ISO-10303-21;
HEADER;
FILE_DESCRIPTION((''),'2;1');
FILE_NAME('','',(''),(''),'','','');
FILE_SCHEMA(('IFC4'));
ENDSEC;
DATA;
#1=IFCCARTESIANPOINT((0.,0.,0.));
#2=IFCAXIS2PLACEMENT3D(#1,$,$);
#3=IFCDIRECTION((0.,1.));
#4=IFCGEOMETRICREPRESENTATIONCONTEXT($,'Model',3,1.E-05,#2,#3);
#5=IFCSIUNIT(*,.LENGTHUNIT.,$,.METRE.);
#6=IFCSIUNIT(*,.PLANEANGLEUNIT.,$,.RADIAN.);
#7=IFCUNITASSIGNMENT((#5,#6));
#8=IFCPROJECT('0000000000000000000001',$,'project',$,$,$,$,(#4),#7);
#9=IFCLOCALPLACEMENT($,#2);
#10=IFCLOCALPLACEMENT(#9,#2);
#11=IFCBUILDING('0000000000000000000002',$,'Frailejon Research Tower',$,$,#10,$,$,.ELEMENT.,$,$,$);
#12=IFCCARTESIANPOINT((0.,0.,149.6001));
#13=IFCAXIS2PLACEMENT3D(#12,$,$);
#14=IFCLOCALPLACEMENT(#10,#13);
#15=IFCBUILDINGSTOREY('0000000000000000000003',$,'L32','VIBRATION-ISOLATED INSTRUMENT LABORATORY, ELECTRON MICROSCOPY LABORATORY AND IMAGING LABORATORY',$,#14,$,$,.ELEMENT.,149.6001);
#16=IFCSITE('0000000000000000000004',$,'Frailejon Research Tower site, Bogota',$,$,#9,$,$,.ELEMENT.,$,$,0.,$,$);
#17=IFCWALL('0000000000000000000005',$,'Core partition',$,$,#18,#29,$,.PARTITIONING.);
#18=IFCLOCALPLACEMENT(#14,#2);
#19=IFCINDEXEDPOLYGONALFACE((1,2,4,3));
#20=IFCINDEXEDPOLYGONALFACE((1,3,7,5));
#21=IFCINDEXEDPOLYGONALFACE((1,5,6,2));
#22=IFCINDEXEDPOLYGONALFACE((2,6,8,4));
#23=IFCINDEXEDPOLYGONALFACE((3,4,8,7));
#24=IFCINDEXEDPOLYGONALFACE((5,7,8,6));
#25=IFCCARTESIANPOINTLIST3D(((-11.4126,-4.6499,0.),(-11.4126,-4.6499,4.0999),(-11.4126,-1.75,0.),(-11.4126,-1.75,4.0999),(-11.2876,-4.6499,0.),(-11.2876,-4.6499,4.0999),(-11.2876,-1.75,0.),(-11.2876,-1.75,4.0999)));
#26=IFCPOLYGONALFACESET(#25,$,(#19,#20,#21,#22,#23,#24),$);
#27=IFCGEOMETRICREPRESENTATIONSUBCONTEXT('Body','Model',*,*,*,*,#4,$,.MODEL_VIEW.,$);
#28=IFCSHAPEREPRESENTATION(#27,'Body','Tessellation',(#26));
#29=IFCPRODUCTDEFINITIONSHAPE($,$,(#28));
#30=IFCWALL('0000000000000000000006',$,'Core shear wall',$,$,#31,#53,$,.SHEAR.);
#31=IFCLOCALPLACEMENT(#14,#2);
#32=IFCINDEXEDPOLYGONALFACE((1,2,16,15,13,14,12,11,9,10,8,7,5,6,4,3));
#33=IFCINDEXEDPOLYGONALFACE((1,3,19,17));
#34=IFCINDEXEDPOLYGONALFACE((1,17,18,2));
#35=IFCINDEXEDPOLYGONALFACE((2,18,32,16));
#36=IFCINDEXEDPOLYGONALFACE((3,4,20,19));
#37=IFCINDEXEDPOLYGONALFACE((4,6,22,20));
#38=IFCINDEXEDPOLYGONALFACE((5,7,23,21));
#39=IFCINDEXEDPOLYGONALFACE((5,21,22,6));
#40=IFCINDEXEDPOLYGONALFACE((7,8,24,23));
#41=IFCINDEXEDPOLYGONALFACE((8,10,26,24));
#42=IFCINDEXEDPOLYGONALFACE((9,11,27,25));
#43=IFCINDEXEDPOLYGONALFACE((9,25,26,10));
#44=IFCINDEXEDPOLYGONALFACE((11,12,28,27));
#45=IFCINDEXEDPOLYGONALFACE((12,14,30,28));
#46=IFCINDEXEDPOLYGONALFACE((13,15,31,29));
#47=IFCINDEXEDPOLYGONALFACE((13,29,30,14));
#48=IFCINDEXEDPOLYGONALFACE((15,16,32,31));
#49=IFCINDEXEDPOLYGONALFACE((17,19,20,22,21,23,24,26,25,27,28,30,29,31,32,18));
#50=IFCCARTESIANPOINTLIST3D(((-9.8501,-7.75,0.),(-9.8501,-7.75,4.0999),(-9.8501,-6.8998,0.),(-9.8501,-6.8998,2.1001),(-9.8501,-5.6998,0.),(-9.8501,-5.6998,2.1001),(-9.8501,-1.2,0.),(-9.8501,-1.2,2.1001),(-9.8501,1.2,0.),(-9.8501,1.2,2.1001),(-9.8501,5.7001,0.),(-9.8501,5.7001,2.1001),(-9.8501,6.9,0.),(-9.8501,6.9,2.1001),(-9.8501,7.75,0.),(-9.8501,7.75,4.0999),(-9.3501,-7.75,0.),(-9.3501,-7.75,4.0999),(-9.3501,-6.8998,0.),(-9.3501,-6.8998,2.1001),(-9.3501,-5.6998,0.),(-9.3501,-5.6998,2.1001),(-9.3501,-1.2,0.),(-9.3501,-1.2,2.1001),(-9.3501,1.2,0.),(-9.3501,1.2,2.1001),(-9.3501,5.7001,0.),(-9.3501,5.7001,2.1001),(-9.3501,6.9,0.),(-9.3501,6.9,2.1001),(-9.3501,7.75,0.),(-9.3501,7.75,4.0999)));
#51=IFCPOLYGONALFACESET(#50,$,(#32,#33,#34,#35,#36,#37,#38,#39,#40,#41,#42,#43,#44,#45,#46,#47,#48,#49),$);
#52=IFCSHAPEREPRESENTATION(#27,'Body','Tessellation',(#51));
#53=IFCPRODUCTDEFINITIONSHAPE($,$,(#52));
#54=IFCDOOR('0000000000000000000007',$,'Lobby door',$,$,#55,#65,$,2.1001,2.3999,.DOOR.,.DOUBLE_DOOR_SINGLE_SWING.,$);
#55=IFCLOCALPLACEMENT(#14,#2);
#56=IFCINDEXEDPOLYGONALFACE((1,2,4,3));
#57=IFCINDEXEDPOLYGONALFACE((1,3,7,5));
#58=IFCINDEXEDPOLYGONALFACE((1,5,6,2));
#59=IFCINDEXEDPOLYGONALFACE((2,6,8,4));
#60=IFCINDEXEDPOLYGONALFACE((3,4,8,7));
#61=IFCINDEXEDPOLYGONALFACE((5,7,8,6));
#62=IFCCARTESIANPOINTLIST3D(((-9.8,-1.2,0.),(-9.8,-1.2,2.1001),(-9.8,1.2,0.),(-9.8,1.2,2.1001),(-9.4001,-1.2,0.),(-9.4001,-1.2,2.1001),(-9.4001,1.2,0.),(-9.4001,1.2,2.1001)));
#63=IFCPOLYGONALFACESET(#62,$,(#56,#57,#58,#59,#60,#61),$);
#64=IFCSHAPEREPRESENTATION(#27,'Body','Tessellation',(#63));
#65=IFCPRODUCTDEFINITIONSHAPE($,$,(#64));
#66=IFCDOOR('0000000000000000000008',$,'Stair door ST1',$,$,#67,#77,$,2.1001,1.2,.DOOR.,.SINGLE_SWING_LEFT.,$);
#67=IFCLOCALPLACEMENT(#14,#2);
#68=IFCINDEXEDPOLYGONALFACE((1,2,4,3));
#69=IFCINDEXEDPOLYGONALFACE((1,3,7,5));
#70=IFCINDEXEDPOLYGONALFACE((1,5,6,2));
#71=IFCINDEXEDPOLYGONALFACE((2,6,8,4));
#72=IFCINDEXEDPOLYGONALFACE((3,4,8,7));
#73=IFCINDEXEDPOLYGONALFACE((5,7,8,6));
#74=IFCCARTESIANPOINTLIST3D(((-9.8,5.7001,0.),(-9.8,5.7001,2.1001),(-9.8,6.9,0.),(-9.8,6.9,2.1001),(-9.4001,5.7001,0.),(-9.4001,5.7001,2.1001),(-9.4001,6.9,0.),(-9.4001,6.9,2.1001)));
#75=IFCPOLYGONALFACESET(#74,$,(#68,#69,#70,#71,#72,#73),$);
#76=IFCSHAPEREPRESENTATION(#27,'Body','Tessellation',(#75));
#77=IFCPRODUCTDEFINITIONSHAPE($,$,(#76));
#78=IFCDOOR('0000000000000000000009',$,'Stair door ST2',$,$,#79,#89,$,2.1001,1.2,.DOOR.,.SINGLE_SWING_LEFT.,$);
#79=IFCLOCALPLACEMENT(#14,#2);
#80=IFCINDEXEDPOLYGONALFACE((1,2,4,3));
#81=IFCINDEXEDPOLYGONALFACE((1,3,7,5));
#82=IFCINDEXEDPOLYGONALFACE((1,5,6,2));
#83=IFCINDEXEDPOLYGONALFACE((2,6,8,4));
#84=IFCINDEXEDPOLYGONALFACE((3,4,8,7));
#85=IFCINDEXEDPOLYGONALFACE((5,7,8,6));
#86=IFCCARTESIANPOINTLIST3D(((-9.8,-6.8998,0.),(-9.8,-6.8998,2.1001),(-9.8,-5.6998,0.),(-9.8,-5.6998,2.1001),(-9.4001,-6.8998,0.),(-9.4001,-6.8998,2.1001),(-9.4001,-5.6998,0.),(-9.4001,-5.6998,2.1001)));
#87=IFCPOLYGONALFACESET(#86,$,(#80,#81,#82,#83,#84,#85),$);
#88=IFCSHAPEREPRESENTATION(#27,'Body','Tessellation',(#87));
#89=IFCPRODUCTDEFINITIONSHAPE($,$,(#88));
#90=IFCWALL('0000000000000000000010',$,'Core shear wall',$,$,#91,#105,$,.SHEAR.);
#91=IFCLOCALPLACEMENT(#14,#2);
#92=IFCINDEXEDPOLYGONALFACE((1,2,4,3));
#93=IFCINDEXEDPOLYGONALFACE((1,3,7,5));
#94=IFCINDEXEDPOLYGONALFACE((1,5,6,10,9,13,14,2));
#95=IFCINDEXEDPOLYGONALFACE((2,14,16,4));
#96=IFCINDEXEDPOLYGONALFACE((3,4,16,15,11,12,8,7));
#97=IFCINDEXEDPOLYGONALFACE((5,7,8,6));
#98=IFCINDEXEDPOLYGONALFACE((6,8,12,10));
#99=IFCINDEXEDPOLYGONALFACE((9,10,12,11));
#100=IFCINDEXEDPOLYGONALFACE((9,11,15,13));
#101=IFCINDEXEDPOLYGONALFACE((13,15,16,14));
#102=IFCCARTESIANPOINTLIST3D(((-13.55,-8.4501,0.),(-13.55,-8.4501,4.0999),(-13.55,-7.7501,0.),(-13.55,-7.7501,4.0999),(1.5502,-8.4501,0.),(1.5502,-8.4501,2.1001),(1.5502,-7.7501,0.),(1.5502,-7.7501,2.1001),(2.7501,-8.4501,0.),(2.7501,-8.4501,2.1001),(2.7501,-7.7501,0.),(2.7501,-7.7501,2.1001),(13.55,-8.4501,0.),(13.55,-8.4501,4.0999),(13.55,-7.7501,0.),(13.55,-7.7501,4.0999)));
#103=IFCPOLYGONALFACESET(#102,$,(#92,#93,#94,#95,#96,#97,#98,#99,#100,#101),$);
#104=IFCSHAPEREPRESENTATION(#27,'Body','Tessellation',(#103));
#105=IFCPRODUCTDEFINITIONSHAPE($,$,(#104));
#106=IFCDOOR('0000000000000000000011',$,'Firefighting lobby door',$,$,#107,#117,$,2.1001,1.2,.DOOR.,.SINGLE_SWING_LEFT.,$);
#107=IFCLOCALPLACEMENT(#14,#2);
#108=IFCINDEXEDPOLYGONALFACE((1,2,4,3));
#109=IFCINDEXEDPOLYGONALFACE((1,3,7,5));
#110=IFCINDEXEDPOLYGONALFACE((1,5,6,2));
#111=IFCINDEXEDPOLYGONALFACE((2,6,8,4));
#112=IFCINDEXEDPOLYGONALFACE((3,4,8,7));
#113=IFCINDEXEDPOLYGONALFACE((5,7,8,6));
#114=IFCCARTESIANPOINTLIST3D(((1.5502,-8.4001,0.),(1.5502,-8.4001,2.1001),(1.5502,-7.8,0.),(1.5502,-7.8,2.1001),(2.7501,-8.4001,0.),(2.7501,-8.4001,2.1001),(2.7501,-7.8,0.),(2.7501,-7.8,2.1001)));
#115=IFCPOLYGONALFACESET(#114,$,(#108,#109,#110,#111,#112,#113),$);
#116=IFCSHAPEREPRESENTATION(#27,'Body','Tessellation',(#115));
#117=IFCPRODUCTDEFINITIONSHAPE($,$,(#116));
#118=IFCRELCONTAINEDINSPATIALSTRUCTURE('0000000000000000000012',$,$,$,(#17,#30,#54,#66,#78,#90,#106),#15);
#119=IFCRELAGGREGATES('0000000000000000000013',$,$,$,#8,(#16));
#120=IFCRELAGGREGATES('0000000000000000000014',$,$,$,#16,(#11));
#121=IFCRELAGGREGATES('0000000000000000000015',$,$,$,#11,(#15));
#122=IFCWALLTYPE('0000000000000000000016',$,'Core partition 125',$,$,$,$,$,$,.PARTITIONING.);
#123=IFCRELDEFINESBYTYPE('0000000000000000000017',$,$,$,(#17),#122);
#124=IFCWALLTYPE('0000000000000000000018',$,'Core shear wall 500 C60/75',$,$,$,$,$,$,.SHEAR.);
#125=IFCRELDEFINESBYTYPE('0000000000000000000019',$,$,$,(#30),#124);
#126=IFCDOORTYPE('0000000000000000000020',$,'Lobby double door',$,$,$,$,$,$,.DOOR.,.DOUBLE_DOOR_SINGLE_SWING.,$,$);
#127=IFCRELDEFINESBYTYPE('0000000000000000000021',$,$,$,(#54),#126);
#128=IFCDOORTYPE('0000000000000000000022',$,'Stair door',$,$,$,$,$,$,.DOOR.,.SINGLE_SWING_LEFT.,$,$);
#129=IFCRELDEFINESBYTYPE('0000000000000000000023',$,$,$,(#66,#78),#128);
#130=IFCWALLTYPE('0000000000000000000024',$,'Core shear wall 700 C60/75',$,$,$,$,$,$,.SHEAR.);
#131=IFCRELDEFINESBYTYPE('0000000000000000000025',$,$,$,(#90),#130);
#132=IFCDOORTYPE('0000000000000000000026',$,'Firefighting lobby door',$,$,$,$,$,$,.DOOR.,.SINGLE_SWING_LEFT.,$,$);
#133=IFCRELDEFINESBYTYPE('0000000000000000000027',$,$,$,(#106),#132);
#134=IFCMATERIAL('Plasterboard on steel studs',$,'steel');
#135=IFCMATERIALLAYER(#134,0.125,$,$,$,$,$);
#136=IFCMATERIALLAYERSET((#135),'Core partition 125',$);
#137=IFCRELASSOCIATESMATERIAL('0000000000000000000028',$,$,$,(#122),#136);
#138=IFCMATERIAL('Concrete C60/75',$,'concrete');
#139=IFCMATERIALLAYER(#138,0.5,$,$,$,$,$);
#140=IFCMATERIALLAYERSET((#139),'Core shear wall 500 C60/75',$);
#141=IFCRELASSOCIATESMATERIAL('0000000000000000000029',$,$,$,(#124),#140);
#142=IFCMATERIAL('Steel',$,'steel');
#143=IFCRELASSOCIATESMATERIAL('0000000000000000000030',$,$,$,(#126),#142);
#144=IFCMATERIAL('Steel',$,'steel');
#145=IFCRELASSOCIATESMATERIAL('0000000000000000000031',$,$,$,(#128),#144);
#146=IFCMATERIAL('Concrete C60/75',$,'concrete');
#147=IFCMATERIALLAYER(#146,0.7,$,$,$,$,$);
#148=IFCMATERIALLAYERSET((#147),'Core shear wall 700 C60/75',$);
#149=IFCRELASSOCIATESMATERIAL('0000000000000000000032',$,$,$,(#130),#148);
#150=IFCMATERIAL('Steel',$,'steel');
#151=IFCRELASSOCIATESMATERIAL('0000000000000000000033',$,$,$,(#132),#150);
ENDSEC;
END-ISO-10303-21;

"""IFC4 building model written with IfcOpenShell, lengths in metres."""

from ifc_helpers import new_model, si_unit, direction, frame, frame_2d, origin, place, context, subcontext, project, spatial, rectangle, extrude, material, layer, layer_set, type_object, element, fill, save


model = new_model("IFC4")

# Units and contexts
model_context = context("Model", 3, precision=1e-05, world=origin(), true_north=direction((0.0, 1.0)))
body_context = subcontext(model_context, "Body", "Model", "MODEL_VIEW")
ifc_project = project(units=[si_unit("LENGTHUNIT", "METRE"), si_unit("PLANEANGLEUNIT", "RADIAN")], contexts=[model_context])

# Site, building, storey
site_placement = place(None, origin())
site = spatial("IfcSite", under=ifc_project, at=site_placement, Name="Frailejon Research Tower site, Bogota", CompositionType="ELEMENT", RefElevation=0.0)
building_placement = place(site_placement, origin())
building = spatial("IfcBuilding", under=site, at=building_placement, Name="Frailejon Research Tower", CompositionType="ELEMENT")
storey_placement = place(building_placement, frame((0.0, 0.0, 149.6001)))
storey = spatial("IfcBuildingStorey", under=building, at=storey_placement, Name="L32", Description="VIBRATION-ISOLATED INSTRUMENT LABORATORY, ELECTRON MICROSCOPY LABORATORY AND IMAGING LABORATORY", CompositionType="ELEMENT", Elevation=149.6001)

# Wall
ifc_material_1 = material(Name="Plasterboard on steel studs", Category="steel")
ifc_layer_1 = layer(ifc_material_1, 0.125)
ifc_layer_set_1 = layer_set([ifc_layer_1], Name="Core partition 125")
wall_type_1 = type_object("IfcWallType", Name="Core partition 125", PredefinedType="PARTITIONING", material=ifc_layer_set_1)
wall_1_placement = place(storey_placement, frame((-11.3501, -4.6499, 0.0), z_axis=(0.0, 0.0, 1.0), x_axis=(0.0, 1.0, 0.0)))
element("IfcWall", 1, at=wall_1_placement, inside=storey, type_object=wall_type_1, Name="Core partition", PredefinedType="PARTITIONING", context=body_context, shape_type="SweptSolid", body=[
    extrude(rectangle(XDim=2.8999, YDim=0.125, at=frame_2d((1.45, 0.0))), origin(), (0.0, 0.0, 1.0), 4.0999),
])

# Wall, openings, doors
ifc_material_2 = material(Name="Concrete C60/75", Category="concrete")
ifc_layer_2 = layer(ifc_material_2, 0.5)
ifc_layer_set_2 = layer_set([ifc_layer_2], Name="Core shear wall 500 C60/75")
wall_type_2 = type_object("IfcWallType", Name="Core shear wall 500 C60/75", PredefinedType="SHEAR", material=ifc_layer_set_2)
wall_2_placement = place(storey_placement, frame((-9.6001, -7.75, 0.0), z_axis=(0.0, 0.0, 1.0), x_axis=(0.0, 1.0, 0.0)))
wall_2 = element("IfcWall", 2, at=wall_2_placement, inside=storey, type_object=wall_type_2, Name="Core shear wall", PredefinedType="SHEAR", context=body_context, shape_type="SweptSolid", body=[
    extrude(rectangle(XDim=15.5, YDim=0.5, at=frame_2d((7.75, 0.0))), origin(), (0.0, 0.0, 1.0), 4.0999),
])
opening_1_placement = place(wall_2_placement, frame((6.55, 0.0, 0.0)))
opening_1 = element("IfcOpeningElement", 3, at=opening_1_placement, cuts=wall_2, PredefinedType="OPENING", context=body_context, shape_type="SweptSolid", body=[
    extrude(rectangle(XDim=2.3999, YDim=2.1001, at=frame_2d((1.2, 1.05))), frame((0.0, 0.26, 0.0), z_axis=(0.0, -1.0, 0.0), x_axis=(1.0, 0.0, 0.0)), (0.0, 0.0, 1.0), 0.52),
])
opening_2_placement = place(wall_2_placement, frame((13.45, 0.0, 0.0)))
opening_2 = element("IfcOpeningElement", 4, at=opening_2_placement, cuts=wall_2, PredefinedType="OPENING", context=body_context, shape_type="SweptSolid", body=[
    extrude(rectangle(XDim=1.2, YDim=2.1001, at=frame_2d((0.6001, 1.05))), frame((0.0, 0.26, 0.0), z_axis=(0.0, -1.0, 0.0), x_axis=(1.0, 0.0, 0.0)), (0.0, 0.0, 1.0), 0.52),
])
opening_3_placement = place(wall_2_placement, frame((0.8501, 0.0, 0.0)))
opening_3 = element("IfcOpeningElement", 5, at=opening_3_placement, cuts=wall_2, PredefinedType="OPENING", context=body_context, shape_type="SweptSolid", body=[
    extrude(rectangle(XDim=1.2, YDim=2.1001, at=frame_2d((0.6001, 1.05))), frame((0.0, 0.26, 0.0), z_axis=(0.0, -1.0, 0.0), x_axis=(1.0, 0.0, 0.0)), (0.0, 0.0, 1.0), 0.52),
])
ifc_material_3 = material(Name="Steel", Category="steel")
door_type_1 = type_object("IfcDoorType", Name="Lobby double door", OperationType="DOUBLE_DOOR_SINGLE_SWING", PredefinedType="DOOR", material=ifc_material_3)
door_1_placement = place(opening_1_placement, origin())
door_1 = element("IfcDoor", 6, at=door_1_placement, inside=storey, type_object=door_type_1, Name="Lobby door", OperationType="DOUBLE_DOOR_SINGLE_SWING", OverallHeight=2.1001, OverallWidth=2.3999, PredefinedType="DOOR", context=body_context, shape_type="SweptSolid", body=[
    extrude(rectangle(XDim=2.3999, YDim=2.1001, at=frame_2d((1.2, 1.05))), frame((0.0, 0.2, 0.0), z_axis=(0.0, -1.0, 0.0), x_axis=(1.0, 0.0, 0.0)), (0.0, 0.0, 1.0), 0.3999),
])
fill(opening_1, door_1)
ifc_material_4 = material(Name="Steel", Category="steel")
door_type_2 = type_object("IfcDoorType", Name="Stair door", OperationType="SINGLE_SWING_LEFT", PredefinedType="DOOR", material=ifc_material_4)
door_2_placement = place(opening_2_placement, origin())
door_2 = element("IfcDoor", 7, at=door_2_placement, inside=storey, type_object=door_type_2, Name="Stair door ST1", OperationType="SINGLE_SWING_LEFT", OverallHeight=2.1001, OverallWidth=1.2, PredefinedType="DOOR", context=body_context, shape_type="SweptSolid", body=[
    extrude(rectangle(XDim=1.2, YDim=2.1001, at=frame_2d((0.6001, 1.05))), frame((0.0, 0.2, 0.0), z_axis=(0.0, -1.0, 0.0), x_axis=(1.0, 0.0, 0.0)), (0.0, 0.0, 1.0), 0.3999),
])
fill(opening_2, door_2)
door_3_placement = place(opening_3_placement, origin())
door_3 = element("IfcDoor", 8, at=door_3_placement, inside=storey, type_object=door_type_2, Name="Stair door ST2", OperationType="SINGLE_SWING_LEFT", OverallHeight=2.1001, OverallWidth=1.2, PredefinedType="DOOR", context=body_context, shape_type="SweptSolid", body=[
    extrude(rectangle(XDim=1.2, YDim=2.1001, at=frame_2d((0.6001, 1.05))), frame((0.0, 0.2, 0.0), z_axis=(0.0, -1.0, 0.0), x_axis=(1.0, 0.0, 0.0)), (0.0, 0.0, 1.0), 0.3999),
])
fill(opening_3, door_3)

# Wall, opening, door
ifc_material_5 = material(Name="Concrete C60/75", Category="concrete")
ifc_layer_3 = layer(ifc_material_5, 0.7)
ifc_layer_set_3 = layer_set([ifc_layer_3], Name="Core shear wall 700 C60/75")
wall_type_3 = type_object("IfcWallType", Name="Core shear wall 700 C60/75", PredefinedType="SHEAR", material=ifc_layer_set_3)
wall_3_placement = place(storey_placement, frame((-13.55, -8.1001, 0.0), z_axis=(0.0, 0.0, 1.0), x_axis=(1.0, 0.0, 0.0)))
wall_3 = element("IfcWall", 9, at=wall_3_placement, inside=storey, type_object=wall_type_3, Name="Core shear wall", PredefinedType="SHEAR", context=body_context, shape_type="SweptSolid", body=[
    extrude(rectangle(XDim=27.1001, YDim=0.7, at=frame_2d((13.55, 0.0))), origin(), (0.0, 0.0, 1.0), 4.0999),
])
opening_4_placement = place(wall_3_placement, frame((15.1001, 0.0, 0.0)))
opening_4 = element("IfcOpeningElement", 10, at=opening_4_placement, cuts=wall_3, PredefinedType="OPENING", context=body_context, shape_type="SweptSolid", body=[
    extrude(rectangle(XDim=1.2, YDim=2.1001, at=frame_2d((0.6001, 1.05))), frame((0.0, 0.3599, 0.0), z_axis=(0.0, -1.0, 0.0), x_axis=(1.0, 0.0, 0.0)), (0.0, 0.0, 1.0), 0.72),
])
ifc_material_6 = material(Name="Steel", Category="steel")
door_type_3 = type_object("IfcDoorType", Name="Firefighting lobby door", OperationType="SINGLE_SWING_LEFT", PredefinedType="DOOR", material=ifc_material_6)
door_4_placement = place(opening_4_placement, origin())
door_4 = element("IfcDoor", 11, at=door_4_placement, inside=storey, type_object=door_type_3, Name="Firefighting lobby door", OperationType="SINGLE_SWING_LEFT", OverallHeight=2.1001, OverallWidth=1.2, PredefinedType="DOOR", context=body_context, shape_type="SweptSolid", body=[
    extrude(rectangle(XDim=1.2, YDim=2.1001, at=frame_2d((0.6001, 1.05))), frame((0.0, 0.3, 0.0), z_axis=(0.0, -1.0, 0.0), x_axis=(1.0, 0.0, 0.0)), (0.0, 0.0, 1.0), 0.6001),
])
fill(opening_4, door_4)

save(model, "model.ifc")
